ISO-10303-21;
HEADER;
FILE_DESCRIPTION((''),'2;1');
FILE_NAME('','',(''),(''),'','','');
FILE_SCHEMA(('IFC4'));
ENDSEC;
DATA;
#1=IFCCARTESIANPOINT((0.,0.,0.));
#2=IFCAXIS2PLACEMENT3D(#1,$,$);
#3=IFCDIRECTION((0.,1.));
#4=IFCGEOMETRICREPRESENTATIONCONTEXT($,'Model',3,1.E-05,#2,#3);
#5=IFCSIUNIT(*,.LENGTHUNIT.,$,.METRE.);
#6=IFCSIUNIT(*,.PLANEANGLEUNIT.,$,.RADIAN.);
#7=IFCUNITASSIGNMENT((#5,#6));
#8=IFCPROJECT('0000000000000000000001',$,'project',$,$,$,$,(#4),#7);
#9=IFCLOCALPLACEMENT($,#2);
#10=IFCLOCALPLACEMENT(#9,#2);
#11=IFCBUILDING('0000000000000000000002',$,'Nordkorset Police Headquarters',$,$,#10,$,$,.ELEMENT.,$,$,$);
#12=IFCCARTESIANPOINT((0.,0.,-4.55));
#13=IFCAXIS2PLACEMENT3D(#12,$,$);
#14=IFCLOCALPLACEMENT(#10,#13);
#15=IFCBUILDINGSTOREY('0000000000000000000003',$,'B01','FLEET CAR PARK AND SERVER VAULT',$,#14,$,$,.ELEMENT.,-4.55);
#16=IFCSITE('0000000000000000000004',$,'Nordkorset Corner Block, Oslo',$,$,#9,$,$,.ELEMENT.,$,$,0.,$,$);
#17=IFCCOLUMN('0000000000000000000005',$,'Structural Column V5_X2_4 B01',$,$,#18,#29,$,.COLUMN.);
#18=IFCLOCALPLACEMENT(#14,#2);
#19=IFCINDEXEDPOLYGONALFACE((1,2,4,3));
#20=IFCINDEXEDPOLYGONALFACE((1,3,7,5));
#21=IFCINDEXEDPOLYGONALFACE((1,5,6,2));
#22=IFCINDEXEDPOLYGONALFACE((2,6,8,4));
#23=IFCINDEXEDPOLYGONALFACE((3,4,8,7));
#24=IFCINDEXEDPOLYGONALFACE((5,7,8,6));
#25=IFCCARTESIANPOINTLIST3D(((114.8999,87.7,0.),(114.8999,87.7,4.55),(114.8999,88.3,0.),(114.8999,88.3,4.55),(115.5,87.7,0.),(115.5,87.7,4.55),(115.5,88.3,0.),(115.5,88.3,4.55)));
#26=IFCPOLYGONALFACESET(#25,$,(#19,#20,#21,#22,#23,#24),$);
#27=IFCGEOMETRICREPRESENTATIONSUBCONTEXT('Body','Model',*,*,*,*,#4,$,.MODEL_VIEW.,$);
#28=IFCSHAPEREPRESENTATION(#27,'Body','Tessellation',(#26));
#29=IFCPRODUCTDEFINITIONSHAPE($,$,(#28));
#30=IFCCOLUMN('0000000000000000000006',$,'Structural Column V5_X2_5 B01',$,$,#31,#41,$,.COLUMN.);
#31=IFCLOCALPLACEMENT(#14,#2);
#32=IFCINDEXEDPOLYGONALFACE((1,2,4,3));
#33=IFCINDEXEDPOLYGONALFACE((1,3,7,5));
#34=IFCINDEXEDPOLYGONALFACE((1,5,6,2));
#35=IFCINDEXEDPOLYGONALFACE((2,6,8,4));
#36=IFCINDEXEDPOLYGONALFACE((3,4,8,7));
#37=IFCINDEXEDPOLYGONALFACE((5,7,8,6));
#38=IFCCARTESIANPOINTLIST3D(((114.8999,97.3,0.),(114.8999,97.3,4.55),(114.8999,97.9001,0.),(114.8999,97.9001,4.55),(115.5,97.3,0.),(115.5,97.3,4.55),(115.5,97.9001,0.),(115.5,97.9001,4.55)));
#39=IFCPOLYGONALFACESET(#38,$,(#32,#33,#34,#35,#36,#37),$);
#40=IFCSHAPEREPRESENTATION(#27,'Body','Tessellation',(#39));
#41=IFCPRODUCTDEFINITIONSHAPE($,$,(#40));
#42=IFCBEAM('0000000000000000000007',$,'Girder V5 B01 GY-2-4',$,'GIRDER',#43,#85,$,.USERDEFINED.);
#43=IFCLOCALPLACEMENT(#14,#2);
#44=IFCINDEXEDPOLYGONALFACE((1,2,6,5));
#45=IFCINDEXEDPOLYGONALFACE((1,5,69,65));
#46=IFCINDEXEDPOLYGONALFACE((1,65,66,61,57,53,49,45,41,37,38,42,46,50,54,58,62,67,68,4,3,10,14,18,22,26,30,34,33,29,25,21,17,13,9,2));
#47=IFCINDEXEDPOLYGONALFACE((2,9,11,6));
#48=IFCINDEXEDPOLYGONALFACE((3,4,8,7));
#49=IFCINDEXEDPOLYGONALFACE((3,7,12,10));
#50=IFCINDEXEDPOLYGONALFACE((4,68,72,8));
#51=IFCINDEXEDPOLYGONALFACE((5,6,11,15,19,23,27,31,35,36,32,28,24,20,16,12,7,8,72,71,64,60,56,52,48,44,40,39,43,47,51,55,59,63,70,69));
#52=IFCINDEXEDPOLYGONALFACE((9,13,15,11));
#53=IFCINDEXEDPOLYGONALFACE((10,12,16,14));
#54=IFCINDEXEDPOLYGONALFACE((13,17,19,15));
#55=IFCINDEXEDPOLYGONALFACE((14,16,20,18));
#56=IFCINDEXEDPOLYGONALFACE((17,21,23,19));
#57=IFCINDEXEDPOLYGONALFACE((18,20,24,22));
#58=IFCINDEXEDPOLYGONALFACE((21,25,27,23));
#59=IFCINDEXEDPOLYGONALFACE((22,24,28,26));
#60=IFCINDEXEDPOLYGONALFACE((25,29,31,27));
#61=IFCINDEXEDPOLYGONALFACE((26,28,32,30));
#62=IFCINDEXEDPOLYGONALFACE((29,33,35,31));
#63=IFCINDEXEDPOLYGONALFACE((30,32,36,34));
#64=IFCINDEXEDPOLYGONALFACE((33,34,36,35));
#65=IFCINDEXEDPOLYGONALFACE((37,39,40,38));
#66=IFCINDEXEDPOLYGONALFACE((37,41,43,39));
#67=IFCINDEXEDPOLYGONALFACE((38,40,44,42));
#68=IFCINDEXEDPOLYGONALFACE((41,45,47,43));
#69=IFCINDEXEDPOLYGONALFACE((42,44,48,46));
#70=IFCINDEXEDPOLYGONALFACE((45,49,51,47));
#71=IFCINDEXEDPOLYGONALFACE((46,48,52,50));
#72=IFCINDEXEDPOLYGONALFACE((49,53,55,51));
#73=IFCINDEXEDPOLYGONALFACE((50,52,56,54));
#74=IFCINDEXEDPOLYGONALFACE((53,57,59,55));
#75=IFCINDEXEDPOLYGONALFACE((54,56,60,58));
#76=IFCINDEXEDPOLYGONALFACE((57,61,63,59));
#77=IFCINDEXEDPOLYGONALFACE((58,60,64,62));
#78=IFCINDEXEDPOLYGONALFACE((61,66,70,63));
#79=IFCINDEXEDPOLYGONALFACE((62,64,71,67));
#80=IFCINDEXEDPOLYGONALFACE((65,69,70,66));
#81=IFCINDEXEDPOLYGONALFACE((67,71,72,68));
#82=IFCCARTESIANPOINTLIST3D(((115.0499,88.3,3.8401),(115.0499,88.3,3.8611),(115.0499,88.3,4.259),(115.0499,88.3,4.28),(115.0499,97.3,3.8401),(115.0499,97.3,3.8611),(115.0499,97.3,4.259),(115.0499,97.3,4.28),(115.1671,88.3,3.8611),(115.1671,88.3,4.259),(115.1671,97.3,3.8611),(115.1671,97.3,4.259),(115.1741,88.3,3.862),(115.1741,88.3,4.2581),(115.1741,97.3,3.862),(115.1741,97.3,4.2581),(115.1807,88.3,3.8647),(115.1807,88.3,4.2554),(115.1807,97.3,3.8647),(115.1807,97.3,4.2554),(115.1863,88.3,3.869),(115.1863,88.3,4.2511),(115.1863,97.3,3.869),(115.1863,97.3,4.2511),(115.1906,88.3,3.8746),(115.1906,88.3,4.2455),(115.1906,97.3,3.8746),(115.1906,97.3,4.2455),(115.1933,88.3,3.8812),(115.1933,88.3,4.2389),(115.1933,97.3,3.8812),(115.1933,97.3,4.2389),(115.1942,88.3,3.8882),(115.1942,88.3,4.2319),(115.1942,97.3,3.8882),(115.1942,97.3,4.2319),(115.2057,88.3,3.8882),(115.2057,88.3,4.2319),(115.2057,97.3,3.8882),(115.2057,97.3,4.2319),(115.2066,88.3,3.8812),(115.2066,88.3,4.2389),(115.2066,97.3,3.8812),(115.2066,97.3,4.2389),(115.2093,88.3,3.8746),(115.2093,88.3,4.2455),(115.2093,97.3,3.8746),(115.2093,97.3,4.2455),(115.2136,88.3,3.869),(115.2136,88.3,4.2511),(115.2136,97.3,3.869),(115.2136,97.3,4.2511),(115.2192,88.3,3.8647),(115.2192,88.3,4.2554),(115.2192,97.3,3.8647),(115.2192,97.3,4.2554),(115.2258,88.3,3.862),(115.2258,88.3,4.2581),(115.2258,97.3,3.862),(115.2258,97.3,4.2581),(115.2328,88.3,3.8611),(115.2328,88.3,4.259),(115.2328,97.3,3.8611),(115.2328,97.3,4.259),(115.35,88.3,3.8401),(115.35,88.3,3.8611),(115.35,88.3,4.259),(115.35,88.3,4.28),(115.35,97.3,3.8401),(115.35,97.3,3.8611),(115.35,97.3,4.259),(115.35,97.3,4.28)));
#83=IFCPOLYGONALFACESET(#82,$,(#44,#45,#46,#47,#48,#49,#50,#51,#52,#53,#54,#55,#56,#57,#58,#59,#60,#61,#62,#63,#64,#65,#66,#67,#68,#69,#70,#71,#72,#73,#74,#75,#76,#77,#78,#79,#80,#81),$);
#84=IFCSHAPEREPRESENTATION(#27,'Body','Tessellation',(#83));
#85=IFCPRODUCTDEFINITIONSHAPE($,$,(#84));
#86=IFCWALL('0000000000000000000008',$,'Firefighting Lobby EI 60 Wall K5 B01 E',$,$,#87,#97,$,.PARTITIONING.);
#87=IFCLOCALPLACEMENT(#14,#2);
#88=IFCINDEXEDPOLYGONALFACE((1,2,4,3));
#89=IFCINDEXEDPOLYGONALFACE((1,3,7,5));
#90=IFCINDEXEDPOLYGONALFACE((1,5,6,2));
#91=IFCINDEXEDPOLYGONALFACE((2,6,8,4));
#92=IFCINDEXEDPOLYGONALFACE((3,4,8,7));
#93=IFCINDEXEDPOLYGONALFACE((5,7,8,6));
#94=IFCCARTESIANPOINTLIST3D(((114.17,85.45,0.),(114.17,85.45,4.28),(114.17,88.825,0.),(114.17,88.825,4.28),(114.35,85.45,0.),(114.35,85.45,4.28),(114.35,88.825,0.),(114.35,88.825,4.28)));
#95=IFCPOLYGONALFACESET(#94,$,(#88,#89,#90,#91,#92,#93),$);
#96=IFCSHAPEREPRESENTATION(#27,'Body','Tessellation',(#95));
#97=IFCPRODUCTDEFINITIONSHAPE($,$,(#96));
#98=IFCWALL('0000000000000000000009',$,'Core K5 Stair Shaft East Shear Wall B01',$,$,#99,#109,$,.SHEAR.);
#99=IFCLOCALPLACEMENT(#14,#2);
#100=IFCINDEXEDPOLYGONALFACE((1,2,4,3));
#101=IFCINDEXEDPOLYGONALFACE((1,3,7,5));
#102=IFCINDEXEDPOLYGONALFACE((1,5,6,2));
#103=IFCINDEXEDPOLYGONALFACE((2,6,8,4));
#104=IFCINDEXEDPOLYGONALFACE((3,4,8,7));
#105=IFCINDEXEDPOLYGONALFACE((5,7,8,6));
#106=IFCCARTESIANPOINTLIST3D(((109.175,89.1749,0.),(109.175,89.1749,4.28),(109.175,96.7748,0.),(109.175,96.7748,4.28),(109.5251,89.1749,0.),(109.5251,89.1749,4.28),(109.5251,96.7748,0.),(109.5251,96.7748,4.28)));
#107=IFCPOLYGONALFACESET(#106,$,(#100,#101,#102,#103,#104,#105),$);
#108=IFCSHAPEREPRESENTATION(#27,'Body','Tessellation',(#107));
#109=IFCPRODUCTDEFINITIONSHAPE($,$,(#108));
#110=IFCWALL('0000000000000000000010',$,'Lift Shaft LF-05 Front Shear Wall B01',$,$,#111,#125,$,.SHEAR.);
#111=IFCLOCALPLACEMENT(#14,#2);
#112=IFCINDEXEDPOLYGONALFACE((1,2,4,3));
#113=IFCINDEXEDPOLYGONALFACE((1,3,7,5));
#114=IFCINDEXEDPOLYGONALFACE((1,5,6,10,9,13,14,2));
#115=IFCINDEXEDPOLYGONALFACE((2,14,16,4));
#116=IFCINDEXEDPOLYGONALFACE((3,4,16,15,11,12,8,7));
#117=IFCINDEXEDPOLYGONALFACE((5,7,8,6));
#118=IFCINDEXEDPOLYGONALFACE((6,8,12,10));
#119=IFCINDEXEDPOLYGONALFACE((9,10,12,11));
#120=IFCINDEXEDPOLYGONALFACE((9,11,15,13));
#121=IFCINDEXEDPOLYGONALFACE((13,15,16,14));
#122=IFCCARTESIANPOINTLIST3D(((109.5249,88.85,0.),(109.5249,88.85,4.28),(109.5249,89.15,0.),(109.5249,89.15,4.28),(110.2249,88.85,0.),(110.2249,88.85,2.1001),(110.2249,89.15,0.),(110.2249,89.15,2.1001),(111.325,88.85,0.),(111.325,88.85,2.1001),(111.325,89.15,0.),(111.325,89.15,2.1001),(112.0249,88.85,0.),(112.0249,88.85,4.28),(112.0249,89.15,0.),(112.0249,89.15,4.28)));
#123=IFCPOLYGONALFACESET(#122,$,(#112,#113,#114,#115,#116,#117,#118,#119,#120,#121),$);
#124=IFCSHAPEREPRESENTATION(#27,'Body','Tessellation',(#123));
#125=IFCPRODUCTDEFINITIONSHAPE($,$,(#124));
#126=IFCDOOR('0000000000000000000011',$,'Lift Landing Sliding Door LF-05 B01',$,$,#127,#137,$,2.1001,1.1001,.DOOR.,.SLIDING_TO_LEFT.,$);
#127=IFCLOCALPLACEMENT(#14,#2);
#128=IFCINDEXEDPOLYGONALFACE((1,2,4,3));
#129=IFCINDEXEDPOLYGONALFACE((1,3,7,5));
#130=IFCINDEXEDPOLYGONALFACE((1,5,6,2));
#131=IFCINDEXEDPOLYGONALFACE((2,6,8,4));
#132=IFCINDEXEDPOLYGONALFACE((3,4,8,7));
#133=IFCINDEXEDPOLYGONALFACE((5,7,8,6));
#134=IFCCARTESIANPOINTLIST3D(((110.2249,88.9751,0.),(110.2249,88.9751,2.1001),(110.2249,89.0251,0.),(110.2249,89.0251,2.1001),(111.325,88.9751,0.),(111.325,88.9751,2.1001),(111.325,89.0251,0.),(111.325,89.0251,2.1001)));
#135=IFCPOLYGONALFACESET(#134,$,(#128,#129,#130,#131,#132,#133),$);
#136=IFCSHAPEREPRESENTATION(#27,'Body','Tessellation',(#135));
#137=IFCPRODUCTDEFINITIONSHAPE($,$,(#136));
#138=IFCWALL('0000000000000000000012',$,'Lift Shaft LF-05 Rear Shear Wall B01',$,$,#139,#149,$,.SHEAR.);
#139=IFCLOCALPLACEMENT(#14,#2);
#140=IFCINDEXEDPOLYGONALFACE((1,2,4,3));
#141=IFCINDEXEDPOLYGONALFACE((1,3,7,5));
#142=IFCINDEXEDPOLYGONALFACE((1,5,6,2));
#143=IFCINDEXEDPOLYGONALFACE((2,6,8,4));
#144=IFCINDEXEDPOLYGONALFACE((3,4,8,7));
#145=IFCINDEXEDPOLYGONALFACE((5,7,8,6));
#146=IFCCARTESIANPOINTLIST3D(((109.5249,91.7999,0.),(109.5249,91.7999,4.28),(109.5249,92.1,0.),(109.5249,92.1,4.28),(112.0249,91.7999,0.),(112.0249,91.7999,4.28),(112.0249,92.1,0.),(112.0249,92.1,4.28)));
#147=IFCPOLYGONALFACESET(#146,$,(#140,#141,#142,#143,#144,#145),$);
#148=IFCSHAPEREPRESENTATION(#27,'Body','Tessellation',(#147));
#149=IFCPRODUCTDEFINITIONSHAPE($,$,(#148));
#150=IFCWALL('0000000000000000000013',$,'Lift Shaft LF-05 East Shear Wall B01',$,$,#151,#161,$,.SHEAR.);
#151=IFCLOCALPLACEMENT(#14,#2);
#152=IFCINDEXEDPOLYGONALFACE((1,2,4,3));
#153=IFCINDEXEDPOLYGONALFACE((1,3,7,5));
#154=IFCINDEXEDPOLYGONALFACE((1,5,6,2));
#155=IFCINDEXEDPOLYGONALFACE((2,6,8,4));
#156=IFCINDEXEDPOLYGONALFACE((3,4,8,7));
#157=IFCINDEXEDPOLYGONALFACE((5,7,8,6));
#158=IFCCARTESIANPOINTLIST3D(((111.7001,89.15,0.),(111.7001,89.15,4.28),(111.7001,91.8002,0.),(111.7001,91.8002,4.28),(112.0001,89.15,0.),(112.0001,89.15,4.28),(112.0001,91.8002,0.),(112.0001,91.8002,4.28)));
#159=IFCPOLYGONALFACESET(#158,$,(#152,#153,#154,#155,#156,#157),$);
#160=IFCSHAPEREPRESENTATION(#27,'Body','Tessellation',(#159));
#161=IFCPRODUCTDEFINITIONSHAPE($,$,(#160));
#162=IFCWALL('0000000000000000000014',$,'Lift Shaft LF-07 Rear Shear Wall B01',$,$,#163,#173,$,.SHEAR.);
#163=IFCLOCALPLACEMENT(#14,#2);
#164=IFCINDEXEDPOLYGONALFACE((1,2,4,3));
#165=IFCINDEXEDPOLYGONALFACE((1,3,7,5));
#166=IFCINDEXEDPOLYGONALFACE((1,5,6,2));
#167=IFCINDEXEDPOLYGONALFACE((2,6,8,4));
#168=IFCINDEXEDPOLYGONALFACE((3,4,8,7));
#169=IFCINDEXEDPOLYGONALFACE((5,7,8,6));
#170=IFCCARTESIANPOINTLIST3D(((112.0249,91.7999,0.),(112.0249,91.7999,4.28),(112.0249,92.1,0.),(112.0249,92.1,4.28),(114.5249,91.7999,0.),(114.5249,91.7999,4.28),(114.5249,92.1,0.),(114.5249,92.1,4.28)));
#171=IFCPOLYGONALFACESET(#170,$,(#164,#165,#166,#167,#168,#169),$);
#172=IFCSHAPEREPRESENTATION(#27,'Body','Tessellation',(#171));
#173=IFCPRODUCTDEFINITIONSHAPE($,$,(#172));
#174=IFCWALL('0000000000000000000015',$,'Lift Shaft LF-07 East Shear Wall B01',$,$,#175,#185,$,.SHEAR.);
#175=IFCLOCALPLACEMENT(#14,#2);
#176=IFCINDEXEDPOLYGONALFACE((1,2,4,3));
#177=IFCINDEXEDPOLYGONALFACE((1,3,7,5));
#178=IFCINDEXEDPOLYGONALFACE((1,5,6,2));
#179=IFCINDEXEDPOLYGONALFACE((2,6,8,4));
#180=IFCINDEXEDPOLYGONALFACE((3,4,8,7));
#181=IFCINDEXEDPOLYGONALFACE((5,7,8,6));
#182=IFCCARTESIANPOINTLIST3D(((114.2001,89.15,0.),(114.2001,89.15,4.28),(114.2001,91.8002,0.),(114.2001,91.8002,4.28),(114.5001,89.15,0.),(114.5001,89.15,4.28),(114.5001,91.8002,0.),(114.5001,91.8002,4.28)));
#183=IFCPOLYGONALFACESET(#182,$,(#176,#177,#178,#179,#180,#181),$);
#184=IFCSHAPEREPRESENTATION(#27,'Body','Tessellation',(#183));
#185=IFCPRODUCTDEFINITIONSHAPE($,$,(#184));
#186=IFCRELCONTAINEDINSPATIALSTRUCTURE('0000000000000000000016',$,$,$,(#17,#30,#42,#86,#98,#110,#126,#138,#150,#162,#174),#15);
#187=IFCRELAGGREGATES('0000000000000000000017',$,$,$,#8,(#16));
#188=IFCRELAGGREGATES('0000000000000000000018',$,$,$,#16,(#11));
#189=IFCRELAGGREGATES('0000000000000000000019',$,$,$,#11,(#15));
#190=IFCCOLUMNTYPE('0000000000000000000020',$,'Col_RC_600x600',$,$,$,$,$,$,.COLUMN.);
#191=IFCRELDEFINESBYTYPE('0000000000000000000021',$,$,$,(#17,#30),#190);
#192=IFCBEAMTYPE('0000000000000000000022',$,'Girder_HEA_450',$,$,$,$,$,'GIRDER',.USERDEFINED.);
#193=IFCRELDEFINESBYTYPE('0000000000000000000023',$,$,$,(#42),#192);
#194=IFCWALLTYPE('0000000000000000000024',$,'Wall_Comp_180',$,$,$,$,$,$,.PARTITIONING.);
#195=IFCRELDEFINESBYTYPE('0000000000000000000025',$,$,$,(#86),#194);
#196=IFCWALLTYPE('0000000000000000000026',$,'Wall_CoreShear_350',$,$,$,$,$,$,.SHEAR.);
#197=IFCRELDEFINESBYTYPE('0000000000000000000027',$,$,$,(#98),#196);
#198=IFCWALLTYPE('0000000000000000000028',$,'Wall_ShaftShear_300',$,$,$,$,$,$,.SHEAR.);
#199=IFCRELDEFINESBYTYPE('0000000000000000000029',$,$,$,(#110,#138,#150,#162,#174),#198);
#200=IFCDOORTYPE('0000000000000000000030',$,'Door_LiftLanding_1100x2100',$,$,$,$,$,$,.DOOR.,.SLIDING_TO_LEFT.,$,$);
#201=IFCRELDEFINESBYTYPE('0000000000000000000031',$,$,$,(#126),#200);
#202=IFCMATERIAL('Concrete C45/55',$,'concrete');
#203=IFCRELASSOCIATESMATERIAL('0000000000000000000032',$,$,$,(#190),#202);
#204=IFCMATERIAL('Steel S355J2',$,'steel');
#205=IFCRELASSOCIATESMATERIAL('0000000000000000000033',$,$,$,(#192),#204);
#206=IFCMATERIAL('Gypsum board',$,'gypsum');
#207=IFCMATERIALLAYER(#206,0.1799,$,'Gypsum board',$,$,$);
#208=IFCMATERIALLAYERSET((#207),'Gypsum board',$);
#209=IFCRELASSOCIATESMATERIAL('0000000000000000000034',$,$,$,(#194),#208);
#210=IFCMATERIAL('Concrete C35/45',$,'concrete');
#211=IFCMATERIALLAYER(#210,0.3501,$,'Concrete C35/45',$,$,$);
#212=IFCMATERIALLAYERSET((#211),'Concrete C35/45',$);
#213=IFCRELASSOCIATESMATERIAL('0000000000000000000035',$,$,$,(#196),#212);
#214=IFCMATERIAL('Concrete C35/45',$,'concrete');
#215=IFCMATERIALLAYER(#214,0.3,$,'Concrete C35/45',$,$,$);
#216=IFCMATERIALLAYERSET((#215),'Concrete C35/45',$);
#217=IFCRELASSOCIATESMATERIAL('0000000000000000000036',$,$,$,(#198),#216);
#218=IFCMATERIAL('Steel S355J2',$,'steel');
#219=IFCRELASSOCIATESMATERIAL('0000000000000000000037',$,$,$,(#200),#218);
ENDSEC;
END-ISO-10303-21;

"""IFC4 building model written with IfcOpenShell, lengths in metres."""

from ifc_helpers import new_model, si_unit, direction, frame, frame_2d, origin, origin_2d, place, context, subcontext, project, spatial, rectangle, i_section, extrude, material, layer, layer_set, material_profile, profile_set, type_object, element, fill, save


model = new_model("IFC4")

# Units and contexts
model_context = context("Model", 3, precision=1e-05, world=origin(), true_north=direction((0.0, 1.0)))
body_context = subcontext(model_context, "Body", "Model", "MODEL_VIEW")
ifc_project = project(units=[si_unit("LENGTHUNIT", "METRE"), si_unit("PLANEANGLEUNIT", "RADIAN")], contexts=[model_context])

# Site, building, storey
site_placement = place(None, origin())
site = spatial("IfcSite", under=ifc_project, at=site_placement, Name="Nordkorset Corner Block, Oslo", CompositionType="ELEMENT", RefElevation=0.0)
building_placement = place(site_placement, origin())
building = spatial("IfcBuilding", under=site, at=building_placement, Name="Nordkorset Police Headquarters", CompositionType="ELEMENT")
storey_placement = place(building_placement, frame((0.0, 0.0, -4.55)))
storey = spatial("IfcBuildingStorey", under=building, at=storey_placement, Name="B01", Description="FLEET CAR PARK AND SERVER VAULT", CompositionType="ELEMENT", Elevation=-4.55)

# Columns
ifc_material_1 = material(Name="Concrete C45/55", Category="concrete")
ifc_material_profile_1 = material_profile(ifc_material_1, rectangle(XDim=0.6001, YDim=0.6001, at=origin_2d()), Name="RC 600x600")
ifc_profile_set_1 = profile_set([ifc_material_profile_1], Name="Concrete C45/55")
column_type = type_object("IfcColumnType", Name="Col_RC_600x600", PredefinedType="COLUMN", material=ifc_profile_set_1)
for number, where, z_axis, x_axis, name in (
    (1, (115.2, 88.0, 0.0), (0.0, 0.0, 1.0), (1.0, 0.0, 0.0), "Structural Column V5_X2_4 B01"),
    (2, (115.2, 97.6001, 0.0), (0.0, 0.0, 1.0), (1.0, 0.0, 0.0), "Structural Column V5_X2_5 B01"),
):
    element("IfcColumn", number, at=place(storey_placement, frame(where, z_axis=z_axis, x_axis=x_axis)), inside=storey, type_object=column_type, Name=name, PredefinedType="COLUMN", context=body_context, shape_type="SweptSolid", body=[
        extrude(rectangle(XDim=0.6001, YDim=0.6001, at=origin_2d()), origin(), (0.0, 0.0, 1.0), 4.55),
    ])

# Beam
ifc_material_2 = material(Name="Steel S355J2", Category="steel")
ifc_material_profile_2 = material_profile(ifc_material_2, i_section(OverallWidth=0.3, OverallDepth=0.4399, WebThickness=0.0115, FlangeThickness=0.021, FilletRadius=0.0271, at=origin_2d()), Name="HEA 450")
ifc_profile_set_2 = profile_set([ifc_material_profile_2], Name="Steel S355J2")
beam_type = type_object("IfcBeamType", Name="Girder_HEA_450", ElementType="GIRDER", PredefinedType="USERDEFINED", material=ifc_profile_set_2)
beam_placement = place(storey_placement, frame((115.2, 88.3, 4.0601), z_axis=(0.0, 1.0, 0.0), x_axis=(-1.0, 0.0, 0.0)))
element("IfcBeam", 3, at=beam_placement, inside=storey, type_object=beam_type, Name="Girder V5 B01 GY-2-4", ObjectType="GIRDER", PredefinedType="USERDEFINED", context=body_context, shape_type="SweptSolid", body=[
    extrude(i_section(OverallWidth=0.3, OverallDepth=0.4399, WebThickness=0.0115, FlangeThickness=0.021, FilletRadius=0.0271, at=origin_2d()), origin(), (0.0, 0.0, 1.0), 9.0),
])

# Shared definitions
ifc_material_3 = material(Name="Gypsum board", Category="gypsum")
ifc_layer_1 = layer(ifc_material_3, 0.1799, Name="Gypsum board")
ifc_layer_set_1 = layer_set([ifc_layer_1], Name="Gypsum board")
wall_type_1 = type_object("IfcWallType", Name="Wall_Comp_180", PredefinedType="PARTITIONING", material=ifc_layer_set_1)

# Walls
wall_1_placement = place(storey_placement, frame((114.26, 85.45, 0.0), z_axis=(0.0, 0.0, 1.0), x_axis=(0.0, 1.0, 0.0)))
element("IfcWall", 4, at=wall_1_placement, inside=storey, type_object=wall_type_1, Name="Firefighting Lobby EI 60 Wall K5 B01 E", PredefinedType="PARTITIONING", context=body_context, shape_type="SweptSolid", body=[
    extrude(rectangle(XDim=3.375, YDim=0.1799, at=frame_2d((1.6875, 0.0))), origin(), (0.0, 0.0, 1.0), 4.28),
])
ifc_material_4 = material(Name="Concrete C35/45", Category="concrete")
ifc_layer_2 = layer(ifc_material_4, 0.3501, Name="Concrete C35/45")
ifc_layer_set_2 = layer_set([ifc_layer_2], Name="Concrete C35/45")
wall_type_2 = type_object("IfcWallType", Name="Wall_CoreShear_350", PredefinedType="SHEAR", material=ifc_layer_set_2)
wall_2_placement = place(storey_placement, frame((109.3501, 89.175, 0.0), z_axis=(0.0, 0.0, 1.0), x_axis=(0.0, 1.0, 0.0)))
element("IfcWall", 5, at=wall_2_placement, inside=storey, type_object=wall_type_2, Name="Core K5 Stair Shaft East Shear Wall B01", PredefinedType="SHEAR", context=body_context, shape_type="SweptSolid", body=[
    extrude(rectangle(XDim=7.5999, YDim=0.3501, at=frame_2d((3.7998, 0.0))), origin(), (0.0, 0.0, 1.0), 4.28),
])

# Wall, opening, door
ifc_material_5 = material(Name="Concrete C35/45", Category="concrete")
ifc_layer_3 = layer(ifc_material_5, 0.3, Name="Concrete C35/45")
ifc_layer_set_3 = layer_set([ifc_layer_3], Name="Concrete C35/45")
wall_type_3 = type_object("IfcWallType", Name="Wall_ShaftShear_300", PredefinedType="SHEAR", material=ifc_layer_set_3)
wall_3_placement = place(storey_placement, frame((109.5249, 89.0, 0.0), z_axis=(0.0, 0.0, 1.0), x_axis=(1.0, 0.0, 0.0)))
wall_3 = element("IfcWall", 6, at=wall_3_placement, inside=storey, type_object=wall_type_3, Name="Lift Shaft LF-05 Front Shear Wall B01", PredefinedType="SHEAR", context=body_context, shape_type="SweptSolid", body=[
    extrude(rectangle(XDim=2.5, YDim=0.3, at=frame_2d((1.25, 0.0))), origin(), (0.0, 0.0, 1.0), 4.28),
])
opening_1_placement = place(wall_3_placement, frame((0.7, 0.0, 0.0)))
opening_1 = element("IfcOpeningElement", 7, at=opening_1_placement, cuts=wall_3, PredefinedType="OPENING", context=body_context, shape_type="SweptSolid", body=[
    extrude(rectangle(XDim=1.1001, YDim=2.1001, at=frame_2d((0.55, 1.05))), frame((0.0, 0.1602, 0.0), z_axis=(0.0, -1.0, 0.0), x_axis=(1.0, 0.0, 0.0)), (0.0, 0.0, 1.0), 0.3201),
])
ifc_material_6 = material(Name="Steel S355J2", Category="steel")
door_type_1 = type_object("IfcDoorType", Name="Door_LiftLanding_1100x2100", OperationType="SLIDING_TO_LEFT", PredefinedType="DOOR", material=ifc_material_6)
door_1_placement = place(opening_1_placement, frame((1.1001, 0.0, 0.0), z_axis=(0.0, 0.0, 1.0), x_axis=(-1.0, 0.0, 0.0)))
door_1 = element("IfcDoor", 8, at=door_1_placement, inside=storey, type_object=door_type_1, Name="Lift Landing Sliding Door LF-05 B01", OperationType="SLIDING_TO_LEFT", OverallHeight=2.1001, OverallWidth=1.1001, PredefinedType="DOOR", context=body_context, shape_type="SweptSolid", body=[
    extrude(rectangle(XDim=1.1001, YDim=2.1001, at=frame_2d((0.55, 1.05))), frame((0.0, 0.0249, 0.0), z_axis=(0.0, -1.0, 0.0), x_axis=(1.0, 0.0, 0.0)), (0.0, 0.0, 1.0), 0.05),
])
fill(opening_1, door_1)

# Walls
wall_4_placement = place(storey_placement, frame((109.5249, 91.95, 0.0), z_axis=(0.0, 0.0, 1.0), x_axis=(1.0, 0.0, 0.0)))
element("IfcWall", 9, at=wall_4_placement, inside=storey, type_object=wall_type_3, Name="Lift Shaft LF-05 Rear Shear Wall B01", PredefinedType="SHEAR", context=body_context, shape_type="SweptSolid", body=[
    extrude(rectangle(XDim=2.5, YDim=0.3, at=frame_2d((1.25, 0.0))), origin(), (0.0, 0.0, 1.0), 4.28),
])
wall_5_placement = place(storey_placement, frame((111.8501, 89.1499, 0.0), z_axis=(0.0, 0.0, 1.0), x_axis=(0.0, 1.0, 0.0)))
element("IfcWall", 10, at=wall_5_placement, inside=storey, type_object=wall_type_3, Name="Lift Shaft LF-05 East Shear Wall B01", PredefinedType="SHEAR", context=body_context, shape_type="SweptSolid", body=[
    extrude(rectangle(XDim=2.6501, YDim=0.3, at=frame_2d((1.3252, 0.0))), origin(), (0.0, 0.0, 1.0), 4.28),
])

# Walls
wall_6_placement = place(storey_placement, frame((112.0249, 91.95, 0.0), z_axis=(0.0, 0.0, 1.0), x_axis=(1.0, 0.0, 0.0)))
element("IfcWall", 11, at=wall_6_placement, inside=storey, type_object=wall_type_3, Name="Lift Shaft LF-07 Rear Shear Wall B01", PredefinedType="SHEAR", context=body_context, shape_type="SweptSolid", body=[
    extrude(rectangle(XDim=2.5, YDim=0.3, at=frame_2d((1.25, 0.0))), origin(), (0.0, 0.0, 1.0), 4.28),
])
wall_7_placement = place(storey_placement, frame((114.3501, 89.1499, 0.0), z_axis=(0.0, 0.0, 1.0), x_axis=(0.0, 1.0, 0.0)))
element("IfcWall", 12, at=wall_7_placement, inside=storey, type_object=wall_type_3, Name="Lift Shaft LF-07 East Shear Wall B01", PredefinedType="SHEAR", context=body_context, shape_type="SweptSolid", body=[
    extrude(rectangle(XDim=2.6501, YDim=0.3, at=frame_2d((1.3252, 0.0))), origin(), (0.0, 0.0, 1.0), 4.28),
])

save(model, "model.ifc")
